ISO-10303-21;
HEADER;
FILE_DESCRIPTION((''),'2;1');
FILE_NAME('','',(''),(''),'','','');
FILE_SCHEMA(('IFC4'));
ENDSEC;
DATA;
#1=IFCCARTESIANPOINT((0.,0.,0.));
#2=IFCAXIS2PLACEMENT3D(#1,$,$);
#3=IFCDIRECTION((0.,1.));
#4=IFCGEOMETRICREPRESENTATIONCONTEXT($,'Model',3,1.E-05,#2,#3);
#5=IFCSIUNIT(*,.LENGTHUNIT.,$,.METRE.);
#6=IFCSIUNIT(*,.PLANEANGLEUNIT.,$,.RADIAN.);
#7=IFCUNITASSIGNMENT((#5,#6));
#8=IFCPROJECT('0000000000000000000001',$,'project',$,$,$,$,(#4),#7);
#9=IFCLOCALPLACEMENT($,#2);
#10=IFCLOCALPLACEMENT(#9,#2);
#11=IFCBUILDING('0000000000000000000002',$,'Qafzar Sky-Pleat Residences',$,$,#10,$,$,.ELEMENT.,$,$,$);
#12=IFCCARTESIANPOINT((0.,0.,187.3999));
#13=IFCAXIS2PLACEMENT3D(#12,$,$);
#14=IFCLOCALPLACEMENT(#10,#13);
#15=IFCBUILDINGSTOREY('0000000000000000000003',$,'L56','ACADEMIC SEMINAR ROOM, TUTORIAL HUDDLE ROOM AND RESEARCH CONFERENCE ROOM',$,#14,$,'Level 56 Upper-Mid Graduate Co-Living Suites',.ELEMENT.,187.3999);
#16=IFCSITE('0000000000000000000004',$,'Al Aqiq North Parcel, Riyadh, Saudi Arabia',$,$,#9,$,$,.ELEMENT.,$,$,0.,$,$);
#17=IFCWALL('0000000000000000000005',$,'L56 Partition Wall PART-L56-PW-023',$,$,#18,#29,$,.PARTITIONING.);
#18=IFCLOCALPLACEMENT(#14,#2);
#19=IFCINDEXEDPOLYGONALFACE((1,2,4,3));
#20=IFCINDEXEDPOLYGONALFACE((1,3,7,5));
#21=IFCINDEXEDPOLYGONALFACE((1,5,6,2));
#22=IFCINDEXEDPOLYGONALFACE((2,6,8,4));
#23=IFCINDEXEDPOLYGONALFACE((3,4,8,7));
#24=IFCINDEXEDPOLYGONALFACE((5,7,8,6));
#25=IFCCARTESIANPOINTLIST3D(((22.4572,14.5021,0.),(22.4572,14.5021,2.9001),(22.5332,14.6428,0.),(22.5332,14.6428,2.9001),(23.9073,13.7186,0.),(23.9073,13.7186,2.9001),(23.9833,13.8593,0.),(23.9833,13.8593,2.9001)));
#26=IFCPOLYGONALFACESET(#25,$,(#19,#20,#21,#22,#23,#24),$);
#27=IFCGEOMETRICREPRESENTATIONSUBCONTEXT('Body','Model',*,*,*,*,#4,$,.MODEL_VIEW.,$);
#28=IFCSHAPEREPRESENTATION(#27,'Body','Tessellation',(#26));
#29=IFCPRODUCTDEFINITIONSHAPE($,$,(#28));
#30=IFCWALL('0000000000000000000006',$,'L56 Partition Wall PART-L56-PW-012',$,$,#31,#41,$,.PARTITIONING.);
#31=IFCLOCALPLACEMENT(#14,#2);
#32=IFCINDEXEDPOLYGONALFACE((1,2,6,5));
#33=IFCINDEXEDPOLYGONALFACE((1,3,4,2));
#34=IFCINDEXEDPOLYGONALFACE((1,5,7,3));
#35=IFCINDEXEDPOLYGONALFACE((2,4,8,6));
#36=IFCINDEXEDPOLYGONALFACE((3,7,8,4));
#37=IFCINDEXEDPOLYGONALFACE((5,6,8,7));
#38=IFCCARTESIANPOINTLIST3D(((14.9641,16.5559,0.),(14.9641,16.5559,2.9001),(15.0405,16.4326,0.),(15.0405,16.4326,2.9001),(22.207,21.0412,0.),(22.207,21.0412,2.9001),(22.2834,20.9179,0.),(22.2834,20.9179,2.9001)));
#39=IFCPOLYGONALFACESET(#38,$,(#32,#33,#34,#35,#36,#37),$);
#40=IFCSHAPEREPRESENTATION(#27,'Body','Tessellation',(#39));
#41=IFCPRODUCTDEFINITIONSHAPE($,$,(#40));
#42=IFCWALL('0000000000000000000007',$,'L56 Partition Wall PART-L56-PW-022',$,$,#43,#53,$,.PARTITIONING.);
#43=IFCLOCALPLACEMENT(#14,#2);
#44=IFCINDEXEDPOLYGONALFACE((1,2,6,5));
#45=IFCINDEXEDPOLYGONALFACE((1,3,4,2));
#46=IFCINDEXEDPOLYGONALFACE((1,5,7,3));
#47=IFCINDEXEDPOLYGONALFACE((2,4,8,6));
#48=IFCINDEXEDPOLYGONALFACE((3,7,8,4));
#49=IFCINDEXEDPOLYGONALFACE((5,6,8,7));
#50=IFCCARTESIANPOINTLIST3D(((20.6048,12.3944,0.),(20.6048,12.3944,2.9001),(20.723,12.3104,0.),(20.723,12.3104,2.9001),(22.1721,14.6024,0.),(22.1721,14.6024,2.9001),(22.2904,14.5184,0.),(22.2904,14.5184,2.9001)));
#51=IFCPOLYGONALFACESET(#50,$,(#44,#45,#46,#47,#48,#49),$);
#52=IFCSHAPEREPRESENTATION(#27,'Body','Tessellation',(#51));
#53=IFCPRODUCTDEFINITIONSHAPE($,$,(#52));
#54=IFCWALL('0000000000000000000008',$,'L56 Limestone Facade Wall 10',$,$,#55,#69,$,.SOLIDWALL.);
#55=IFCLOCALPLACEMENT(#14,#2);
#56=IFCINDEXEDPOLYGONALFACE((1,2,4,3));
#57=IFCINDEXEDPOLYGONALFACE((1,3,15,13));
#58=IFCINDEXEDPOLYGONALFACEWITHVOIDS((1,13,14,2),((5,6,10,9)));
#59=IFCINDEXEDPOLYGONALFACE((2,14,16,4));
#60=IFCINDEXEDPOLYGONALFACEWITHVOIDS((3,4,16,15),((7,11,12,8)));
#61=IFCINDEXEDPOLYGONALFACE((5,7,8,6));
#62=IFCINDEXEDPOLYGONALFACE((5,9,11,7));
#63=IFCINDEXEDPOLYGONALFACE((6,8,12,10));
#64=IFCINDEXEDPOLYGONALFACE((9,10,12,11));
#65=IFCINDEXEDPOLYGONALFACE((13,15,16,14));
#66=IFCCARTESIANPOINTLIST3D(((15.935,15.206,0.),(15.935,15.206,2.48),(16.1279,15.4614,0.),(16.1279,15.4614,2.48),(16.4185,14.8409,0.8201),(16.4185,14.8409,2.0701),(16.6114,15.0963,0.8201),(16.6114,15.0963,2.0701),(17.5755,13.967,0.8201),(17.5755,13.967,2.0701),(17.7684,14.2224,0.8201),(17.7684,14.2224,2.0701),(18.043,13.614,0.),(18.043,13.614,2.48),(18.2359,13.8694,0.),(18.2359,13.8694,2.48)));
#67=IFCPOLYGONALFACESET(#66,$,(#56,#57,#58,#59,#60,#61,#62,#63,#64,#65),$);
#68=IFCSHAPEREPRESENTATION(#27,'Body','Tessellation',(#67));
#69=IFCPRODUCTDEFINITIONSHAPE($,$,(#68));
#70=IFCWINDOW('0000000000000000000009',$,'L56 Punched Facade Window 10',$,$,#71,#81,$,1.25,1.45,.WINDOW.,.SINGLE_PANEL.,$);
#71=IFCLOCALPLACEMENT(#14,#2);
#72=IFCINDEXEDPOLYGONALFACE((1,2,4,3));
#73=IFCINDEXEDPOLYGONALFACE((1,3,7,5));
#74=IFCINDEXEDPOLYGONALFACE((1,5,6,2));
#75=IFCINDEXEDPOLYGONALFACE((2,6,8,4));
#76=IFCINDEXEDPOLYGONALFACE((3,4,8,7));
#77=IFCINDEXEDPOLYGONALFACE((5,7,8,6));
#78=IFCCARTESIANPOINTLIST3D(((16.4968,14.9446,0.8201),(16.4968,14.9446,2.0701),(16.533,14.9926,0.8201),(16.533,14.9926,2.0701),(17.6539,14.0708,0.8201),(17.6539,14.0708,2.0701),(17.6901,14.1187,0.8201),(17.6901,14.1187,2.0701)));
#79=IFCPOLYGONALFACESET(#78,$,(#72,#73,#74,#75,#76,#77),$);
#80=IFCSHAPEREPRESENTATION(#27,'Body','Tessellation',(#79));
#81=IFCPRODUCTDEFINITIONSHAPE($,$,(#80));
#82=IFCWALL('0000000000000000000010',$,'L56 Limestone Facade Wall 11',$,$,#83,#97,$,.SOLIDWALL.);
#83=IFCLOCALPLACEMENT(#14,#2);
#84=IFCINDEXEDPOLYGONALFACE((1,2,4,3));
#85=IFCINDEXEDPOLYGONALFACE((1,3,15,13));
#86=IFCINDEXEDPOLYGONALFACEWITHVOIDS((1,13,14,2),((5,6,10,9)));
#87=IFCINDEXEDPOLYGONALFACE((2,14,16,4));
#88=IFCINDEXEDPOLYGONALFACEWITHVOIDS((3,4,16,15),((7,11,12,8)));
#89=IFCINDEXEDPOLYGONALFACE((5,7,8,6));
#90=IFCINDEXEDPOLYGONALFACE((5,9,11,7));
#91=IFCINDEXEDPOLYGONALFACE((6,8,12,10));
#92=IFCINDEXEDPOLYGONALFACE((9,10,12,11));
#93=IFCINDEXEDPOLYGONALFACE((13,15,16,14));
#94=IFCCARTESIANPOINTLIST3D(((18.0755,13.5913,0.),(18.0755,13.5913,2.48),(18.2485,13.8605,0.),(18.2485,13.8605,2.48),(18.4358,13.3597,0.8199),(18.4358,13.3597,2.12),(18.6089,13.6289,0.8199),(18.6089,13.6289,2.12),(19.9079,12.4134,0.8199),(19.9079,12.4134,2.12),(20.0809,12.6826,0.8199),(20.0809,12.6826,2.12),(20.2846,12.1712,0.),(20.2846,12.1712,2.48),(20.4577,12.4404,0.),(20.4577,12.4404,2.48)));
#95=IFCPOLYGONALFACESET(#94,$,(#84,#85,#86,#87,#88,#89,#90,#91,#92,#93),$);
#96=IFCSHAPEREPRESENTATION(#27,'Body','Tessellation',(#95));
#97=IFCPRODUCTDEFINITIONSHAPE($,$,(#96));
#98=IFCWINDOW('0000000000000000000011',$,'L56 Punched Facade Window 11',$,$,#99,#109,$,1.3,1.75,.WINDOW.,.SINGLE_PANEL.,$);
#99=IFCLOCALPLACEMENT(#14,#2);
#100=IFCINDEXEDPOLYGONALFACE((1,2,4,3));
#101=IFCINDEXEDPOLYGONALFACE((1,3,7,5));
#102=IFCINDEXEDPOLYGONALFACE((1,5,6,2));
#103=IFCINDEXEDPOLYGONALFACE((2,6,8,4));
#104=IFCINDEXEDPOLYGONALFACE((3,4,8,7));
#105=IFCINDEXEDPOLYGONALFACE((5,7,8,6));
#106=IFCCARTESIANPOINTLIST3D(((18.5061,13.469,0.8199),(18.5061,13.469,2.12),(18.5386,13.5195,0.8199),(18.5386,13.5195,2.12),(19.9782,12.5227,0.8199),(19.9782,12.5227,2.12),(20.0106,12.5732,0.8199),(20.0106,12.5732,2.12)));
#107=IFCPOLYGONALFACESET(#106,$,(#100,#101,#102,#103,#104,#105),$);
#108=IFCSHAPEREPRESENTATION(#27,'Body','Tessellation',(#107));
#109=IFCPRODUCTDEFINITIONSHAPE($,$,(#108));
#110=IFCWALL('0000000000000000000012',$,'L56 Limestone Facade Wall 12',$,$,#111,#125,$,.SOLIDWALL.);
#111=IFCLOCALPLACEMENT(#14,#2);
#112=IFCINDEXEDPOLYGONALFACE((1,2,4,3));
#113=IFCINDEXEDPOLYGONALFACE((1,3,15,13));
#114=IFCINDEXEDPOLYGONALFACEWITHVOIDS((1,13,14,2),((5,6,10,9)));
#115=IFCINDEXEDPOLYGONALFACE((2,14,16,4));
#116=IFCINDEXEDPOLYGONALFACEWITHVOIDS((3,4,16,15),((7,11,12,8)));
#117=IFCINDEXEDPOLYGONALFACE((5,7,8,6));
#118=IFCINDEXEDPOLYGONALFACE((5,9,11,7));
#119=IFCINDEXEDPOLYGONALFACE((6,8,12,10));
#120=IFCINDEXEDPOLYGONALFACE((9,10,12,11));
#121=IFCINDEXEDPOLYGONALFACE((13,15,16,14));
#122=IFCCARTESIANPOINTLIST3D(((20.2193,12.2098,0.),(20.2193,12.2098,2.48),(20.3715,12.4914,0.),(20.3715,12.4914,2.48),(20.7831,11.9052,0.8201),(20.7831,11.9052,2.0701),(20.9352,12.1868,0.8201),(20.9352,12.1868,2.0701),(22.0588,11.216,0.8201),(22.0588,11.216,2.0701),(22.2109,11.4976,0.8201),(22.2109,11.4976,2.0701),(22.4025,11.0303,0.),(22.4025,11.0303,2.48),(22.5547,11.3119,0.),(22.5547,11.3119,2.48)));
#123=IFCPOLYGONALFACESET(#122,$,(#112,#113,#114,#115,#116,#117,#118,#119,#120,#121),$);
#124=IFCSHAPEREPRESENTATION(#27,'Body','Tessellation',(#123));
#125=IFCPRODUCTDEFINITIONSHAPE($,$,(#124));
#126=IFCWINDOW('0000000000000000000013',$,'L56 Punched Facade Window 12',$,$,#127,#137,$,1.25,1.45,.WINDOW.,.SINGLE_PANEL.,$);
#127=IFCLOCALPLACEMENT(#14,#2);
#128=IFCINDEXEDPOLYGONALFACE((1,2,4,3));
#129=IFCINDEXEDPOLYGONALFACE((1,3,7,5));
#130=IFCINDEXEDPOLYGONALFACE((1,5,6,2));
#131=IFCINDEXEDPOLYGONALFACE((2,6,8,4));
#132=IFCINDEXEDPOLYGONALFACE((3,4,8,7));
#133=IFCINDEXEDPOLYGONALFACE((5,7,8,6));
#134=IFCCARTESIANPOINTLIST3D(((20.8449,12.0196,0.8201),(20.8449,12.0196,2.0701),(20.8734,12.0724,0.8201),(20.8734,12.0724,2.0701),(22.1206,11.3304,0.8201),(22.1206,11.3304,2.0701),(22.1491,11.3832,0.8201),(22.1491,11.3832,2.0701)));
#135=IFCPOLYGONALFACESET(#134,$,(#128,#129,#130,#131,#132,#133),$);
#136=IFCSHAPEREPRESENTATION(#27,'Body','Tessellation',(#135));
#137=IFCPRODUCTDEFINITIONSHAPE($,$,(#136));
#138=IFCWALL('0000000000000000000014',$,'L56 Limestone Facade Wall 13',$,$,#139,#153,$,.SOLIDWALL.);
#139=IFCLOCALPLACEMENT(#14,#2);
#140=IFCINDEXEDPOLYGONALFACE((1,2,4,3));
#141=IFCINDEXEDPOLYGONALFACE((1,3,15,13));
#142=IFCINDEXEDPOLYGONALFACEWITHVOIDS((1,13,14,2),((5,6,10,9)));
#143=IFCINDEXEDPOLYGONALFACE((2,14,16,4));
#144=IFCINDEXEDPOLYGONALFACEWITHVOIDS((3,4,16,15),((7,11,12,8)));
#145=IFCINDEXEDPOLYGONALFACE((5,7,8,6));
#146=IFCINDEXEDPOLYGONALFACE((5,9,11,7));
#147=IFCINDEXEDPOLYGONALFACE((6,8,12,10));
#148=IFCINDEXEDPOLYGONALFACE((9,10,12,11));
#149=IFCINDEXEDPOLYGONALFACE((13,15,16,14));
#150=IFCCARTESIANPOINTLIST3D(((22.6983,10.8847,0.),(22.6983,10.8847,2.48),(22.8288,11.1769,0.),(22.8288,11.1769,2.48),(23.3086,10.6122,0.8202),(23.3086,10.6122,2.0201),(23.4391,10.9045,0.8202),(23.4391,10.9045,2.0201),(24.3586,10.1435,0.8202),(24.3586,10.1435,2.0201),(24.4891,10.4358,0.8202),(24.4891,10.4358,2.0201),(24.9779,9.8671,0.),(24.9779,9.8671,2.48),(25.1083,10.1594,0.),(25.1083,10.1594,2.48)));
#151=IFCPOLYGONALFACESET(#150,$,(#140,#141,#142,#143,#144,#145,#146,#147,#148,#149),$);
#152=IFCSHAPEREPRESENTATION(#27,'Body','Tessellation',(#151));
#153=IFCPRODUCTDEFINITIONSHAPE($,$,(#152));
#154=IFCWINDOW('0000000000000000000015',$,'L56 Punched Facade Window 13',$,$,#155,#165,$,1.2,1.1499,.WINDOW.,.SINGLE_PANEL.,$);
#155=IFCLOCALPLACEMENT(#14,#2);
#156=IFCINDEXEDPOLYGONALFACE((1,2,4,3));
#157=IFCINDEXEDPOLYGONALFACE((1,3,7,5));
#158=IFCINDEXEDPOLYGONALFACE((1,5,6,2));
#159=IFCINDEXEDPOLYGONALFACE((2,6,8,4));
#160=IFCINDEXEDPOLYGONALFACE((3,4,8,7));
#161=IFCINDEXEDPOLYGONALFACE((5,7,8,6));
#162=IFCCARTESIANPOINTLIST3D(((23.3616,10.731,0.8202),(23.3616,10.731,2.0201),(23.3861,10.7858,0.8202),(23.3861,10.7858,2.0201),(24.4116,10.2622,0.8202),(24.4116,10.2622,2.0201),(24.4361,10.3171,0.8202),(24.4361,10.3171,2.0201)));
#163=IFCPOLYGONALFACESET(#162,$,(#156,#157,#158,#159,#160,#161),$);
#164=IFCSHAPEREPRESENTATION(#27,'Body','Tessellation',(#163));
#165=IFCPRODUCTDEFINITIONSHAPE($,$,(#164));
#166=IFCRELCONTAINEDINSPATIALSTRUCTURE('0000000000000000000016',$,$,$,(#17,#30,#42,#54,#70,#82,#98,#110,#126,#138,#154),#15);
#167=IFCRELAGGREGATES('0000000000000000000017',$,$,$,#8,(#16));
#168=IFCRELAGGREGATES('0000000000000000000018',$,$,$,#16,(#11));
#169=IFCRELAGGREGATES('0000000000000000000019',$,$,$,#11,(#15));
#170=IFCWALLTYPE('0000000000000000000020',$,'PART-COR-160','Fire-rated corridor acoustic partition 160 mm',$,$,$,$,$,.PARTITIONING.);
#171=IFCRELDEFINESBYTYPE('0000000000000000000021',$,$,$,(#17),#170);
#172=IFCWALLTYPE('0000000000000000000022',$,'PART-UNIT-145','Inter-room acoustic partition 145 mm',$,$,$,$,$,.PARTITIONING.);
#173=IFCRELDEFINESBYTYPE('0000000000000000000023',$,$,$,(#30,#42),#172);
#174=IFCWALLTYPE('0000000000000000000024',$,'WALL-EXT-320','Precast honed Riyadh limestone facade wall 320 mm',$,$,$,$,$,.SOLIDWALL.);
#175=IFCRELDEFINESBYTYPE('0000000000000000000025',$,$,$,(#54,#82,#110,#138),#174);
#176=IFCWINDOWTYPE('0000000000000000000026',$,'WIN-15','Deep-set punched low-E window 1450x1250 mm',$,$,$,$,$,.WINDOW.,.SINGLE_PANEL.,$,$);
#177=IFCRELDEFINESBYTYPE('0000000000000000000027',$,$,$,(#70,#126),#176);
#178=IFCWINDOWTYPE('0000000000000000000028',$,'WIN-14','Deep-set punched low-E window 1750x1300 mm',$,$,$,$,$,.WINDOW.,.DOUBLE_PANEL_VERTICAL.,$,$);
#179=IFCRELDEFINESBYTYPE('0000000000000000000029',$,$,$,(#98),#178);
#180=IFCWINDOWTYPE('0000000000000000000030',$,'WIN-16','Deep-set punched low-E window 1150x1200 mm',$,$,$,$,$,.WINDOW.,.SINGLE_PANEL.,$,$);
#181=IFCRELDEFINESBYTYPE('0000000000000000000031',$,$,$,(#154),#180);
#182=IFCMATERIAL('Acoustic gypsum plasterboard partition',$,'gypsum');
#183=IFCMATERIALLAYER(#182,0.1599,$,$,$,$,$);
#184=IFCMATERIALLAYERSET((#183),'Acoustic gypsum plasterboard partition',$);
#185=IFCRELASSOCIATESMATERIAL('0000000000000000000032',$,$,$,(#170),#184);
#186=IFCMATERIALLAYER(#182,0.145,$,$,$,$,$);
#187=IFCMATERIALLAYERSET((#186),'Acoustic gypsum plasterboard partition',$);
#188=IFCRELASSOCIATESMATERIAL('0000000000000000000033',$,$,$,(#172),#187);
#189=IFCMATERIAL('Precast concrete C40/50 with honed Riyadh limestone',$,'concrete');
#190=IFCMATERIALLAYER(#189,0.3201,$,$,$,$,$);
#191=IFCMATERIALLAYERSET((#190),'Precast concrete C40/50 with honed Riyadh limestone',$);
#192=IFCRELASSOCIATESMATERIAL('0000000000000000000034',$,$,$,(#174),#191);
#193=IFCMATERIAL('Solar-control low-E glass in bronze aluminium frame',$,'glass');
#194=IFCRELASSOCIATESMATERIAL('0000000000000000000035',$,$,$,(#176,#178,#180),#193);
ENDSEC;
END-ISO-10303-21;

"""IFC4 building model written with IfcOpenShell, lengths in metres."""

from ifc_helpers import new_model, si_unit, direction, frame, frame_2d, origin, place, context, subcontext, project, spatial, rectangle, extrude, source, transform, mapped, material, layer, layer_set, type_object, element, fill, save


model = new_model("IFC4")

# Units and contexts
model_context = context("Model", 3, precision=1e-05, world=origin(), true_north=direction((0.0, 1.0)))
body_context = subcontext(model_context, "Body", "Model", "MODEL_VIEW")
ifc_project = project(units=[si_unit("LENGTHUNIT", "METRE"), si_unit("PLANEANGLEUNIT", "RADIAN")], contexts=[model_context])

# Site, building, storey
site_placement = place(None, origin())
site = spatial("IfcSite", under=ifc_project, at=site_placement, Name="Al Aqiq North Parcel, Riyadh, Saudi Arabia", CompositionType="ELEMENT", RefElevation=0.0)
building_placement = place(site_placement, origin())
building = spatial("IfcBuilding", under=site, at=building_placement, Name="Qafzar Sky-Pleat Residences", CompositionType="ELEMENT")
storey_placement = place(building_placement, frame((0.0, 0.0, 187.3999)))
storey = spatial("IfcBuildingStorey", under=building, at=storey_placement, Name="L56", Description="ACADEMIC SEMINAR ROOM, TUTORIAL HUDDLE ROOM AND RESEARCH CONFERENCE ROOM", LongName="Level 56 Upper-Mid Graduate Co-Living Suites", CompositionType="ELEMENT", Elevation=187.3999)

# Shared definitions
ifc_material_1 = material(Name="Acoustic gypsum plasterboard partition", Category="gypsum")
ifc_layer_1 = layer(ifc_material_1, 0.1599)
ifc_layer_set_1 = layer_set([ifc_layer_1], Name="Acoustic gypsum plasterboard partition")
wall_type_1 = type_object("IfcWallType", Name="PART-COR-160", Description="Fire-rated corridor acoustic partition 160 mm", PredefinedType="PARTITIONING", material=ifc_layer_set_1)

# Walls
wall_1_placement = place(storey_placement, frame((22.4951, 14.5725, 0.0), z_axis=(0.0, 0.0, 1.0), x_axis=(0.879785, -0.475371, 0.0)))
element("IfcWall", 1, at=wall_1_placement, inside=storey, type_object=wall_type_1, Name="L56 Partition Wall PART-L56-PW-023", PredefinedType="PARTITIONING", context=body_context, shape_type="SweptSolid", body=[
    extrude(rectangle(XDim=1.6482, YDim=0.1599, at=frame_2d((0.8242, 0.0))), origin(), (0.0, 0.0, 1.0), 2.9001),
])
ifc_layer_2 = layer(ifc_material_1, 0.145)
ifc_layer_set_2 = layer_set([ifc_layer_2], Name="Acoustic gypsum plasterboard partition")
wall_type_2 = type_object("IfcWallType", Name="PART-UNIT-145", Description="Inter-room acoustic partition 145 mm", PredefinedType="PARTITIONING", material=ifc_layer_set_2)
wall_2_placement = place(storey_placement, frame((15.0022, 16.4941, 0.0), z_axis=(0.0, 0.0, 1.0), x_axis=(0.850179, 0.526494, 0.0)))
element("IfcWall", 2, at=wall_2_placement, inside=storey, type_object=wall_type_2, Name="L56 Partition Wall PART-L56-PW-012", PredefinedType="PARTITIONING", context=body_context, shape_type="SweptSolid", body=[
    extrude(rectangle(XDim=8.5193, YDim=0.145, at=frame_2d((4.2598, 0.0))), origin(), (0.0, 0.0, 1.0), 2.9001),
])
wall_3_placement = place(storey_placement, frame((20.6638, 12.3523, 0.0), z_axis=(0.0, 0.0, 1.0), x_axis=(0.578848, 0.815436, 0.0)))
element("IfcWall", 3, at=wall_3_placement, inside=storey, type_object=wall_type_2, Name="L56 Partition Wall PART-L56-PW-022", PredefinedType="PARTITIONING", context=body_context, shape_type="SweptSolid", body=[
    extrude(rectangle(XDim=2.7078, YDim=0.145, at=frame_2d((1.354, 0.0))), origin(), (0.0, 0.0, 1.0), 2.9001),
])

# Walls, openings, windows
ifc_material_2 = material(Name="Precast concrete C40/50 with honed Riyadh limestone", Category="concrete")
ifc_layer_3 = layer(ifc_material_2, 0.3201)
ifc_layer_set_3 = layer_set([ifc_layer_3], Name="Precast concrete C40/50 with honed Riyadh limestone")
wall_type_3 = type_object("IfcWallType", Name="WALL-EXT-320", Description="Precast honed Riyadh limestone facade wall 320 mm", PredefinedType="SOLIDWALL", material=ifc_layer_set_3)
wall_4_placement = place(storey_placement, frame((16.0315, 15.3337, 0.0), z_axis=(0.0, 0.0, 1.0), x_axis=(0.797977, -0.602688, 0.0)))
wall_4 = element("IfcWall", 4, at=wall_4_placement, inside=storey, type_object=wall_type_3, Name="L56 Limestone Facade Wall 10", PredefinedType="SOLIDWALL", context=body_context, shape_type="SweptSolid", body=[
    extrude(rectangle(XDim=2.6416, YDim=0.3201, at=frame_2d((1.3208, 0.0))), origin(), (0.0, 0.0, 1.0), 2.48),
])
opening_1_placement = place(wall_4_placement, frame((0.6057, 0.0, 0.8201)))
opening_1 = element("IfcOpeningElement", 5, at=opening_1_placement, cuts=wall_4, PredefinedType="OPENING", context=body_context, shape_type="SweptSolid", body=[
    extrude(rectangle(XDim=1.45, YDim=1.25, at=frame_2d((0.7251, 0.625))), frame((0.0, 0.1699, 0.0), z_axis=(0.0, -1.0, 0.0), x_axis=(1.0, 0.0, 0.0)), (0.0, 0.0, 1.0), 0.3401),
])
ifc_material_3 = material(Name="Solar-control low-E glass in bronze aluminium frame", Category="glass")
window_type_1 = type_object("IfcWindowType", Name="WIN-15", Description="Deep-set punched low-E window 1450x1250 mm", PartitioningType="SINGLE_PANEL", PredefinedType="WINDOW", material=ifc_material_3)
shared_shape_1 = source(origin(), body_context, "Body", "SweptSolid", [
    extrude(rectangle(XDim=1.45, YDim=1.25, at=frame_2d((0.7251, 0.625))), frame((0.0, 0.03, 0.0), z_axis=(0.0, -1.0, 0.0), x_axis=(1.0, 0.0, 0.0)), (0.0, 0.0, 1.0), 0.0601),
])
window_1_placement = place(opening_1_placement, origin())
window_1 = element("IfcWindow", 6, at=window_1_placement, inside=storey, type_object=window_type_1, Name="L56 Punched Facade Window 10", OverallHeight=1.25, OverallWidth=1.45, PartitioningType="SINGLE_PANEL", PredefinedType="WINDOW", context=body_context, shape_type="MappedRepresentation", body=[
    mapped(shared_shape_1, transform((0.0, 0.0, 0.0), x_axis=(1.0, 0.0, 0.0), y_axis=(0.0, 1.0, 0.0), z_axis=(0.0, 0.0, 1.0), scale=1.0)),
])
fill(opening_1, window_1)
wall_5_placement = place(storey_placement, frame((18.1621, 13.7258, 0.0), z_axis=(0.0, 0.0, 1.0), x_axis=(0.841188, -0.540743, 0.0)))
wall_5 = element("IfcWall", 7, at=wall_5_placement, inside=storey, type_object=wall_type_3, Name="L56 Limestone Facade Wall 11", PredefinedType="SOLIDWALL", context=body_context, shape_type="SweptSolid", body=[
    extrude(rectangle(XDim=2.6262, YDim=0.3201, at=frame_2d((1.313, 0.0))), origin(), (0.0, 0.0, 1.0), 2.48),
])
opening_2_placement = place(wall_5_placement, frame((0.4282, 0.0, 0.8201)))
opening_2 = element("IfcOpeningElement", 8, at=opening_2_placement, cuts=wall_5, PredefinedType="OPENING", context=body_context, shape_type="SweptSolid", body=[
    extrude(rectangle(XDim=1.75, YDim=1.3, at=frame_2d((0.875, 0.6499))), frame((0.0, 0.1699, 0.0), z_axis=(0.0, -1.0, 0.0), x_axis=(1.0, 0.0, 0.0)), (0.0, 0.0, 1.0), 0.3401),
])
window_type_2 = type_object("IfcWindowType", Name="WIN-14", Description="Deep-set punched low-E window 1750x1300 mm", PartitioningType="DOUBLE_PANEL_VERTICAL", PredefinedType="WINDOW", material=ifc_material_3)
shared_shape_2 = source(origin(), body_context, "Body", "SweptSolid", [
    extrude(rectangle(XDim=1.75, YDim=1.3, at=frame_2d((0.875, 0.6499))), frame((0.0, 0.03, 0.0), z_axis=(0.0, -1.0, 0.0), x_axis=(1.0, 0.0, 0.0)), (0.0, 0.0, 1.0), 0.0601),
])
window_2_placement = place(opening_2_placement, origin())
window_2 = element("IfcWindow", 9, at=window_2_placement, inside=storey, type_object=window_type_2, Name="L56 Punched Facade Window 11", OverallHeight=1.3, OverallWidth=1.75, PartitioningType="SINGLE_PANEL", PredefinedType="WINDOW", context=body_context, shape_type="MappedRepresentation", body=[
    mapped(shared_shape_2, transform((0.0, 0.0, 0.0), x_axis=(1.0, 0.0, 0.0), y_axis=(0.0, 1.0, 0.0), z_axis=(0.0, 0.0, 1.0), scale=1.0)),
])
fill(opening_2, window_2)
wall_6_placement = place(storey_placement, frame((20.2954, 12.3506, 0.0), z_axis=(0.0, 0.0, 1.0), x_axis=(0.87981, -0.475326, 0.0)))
wall_6 = element("IfcWall", 10, at=wall_6_placement, inside=storey, type_object=wall_type_3, Name="L56 Limestone Facade Wall 12", PredefinedType="SOLIDWALL", context=body_context, shape_type="SweptSolid", body=[
    extrude(rectangle(XDim=2.4814, YDim=0.3201, at=frame_2d((1.2407, 0.0))), origin(), (0.0, 0.0, 1.0), 2.48),
])
opening_3_placement = place(wall_6_placement, frame((0.6406, 0.0, 0.8201)))
opening_3 = element("IfcOpeningElement", 11, at=opening_3_placement, cuts=wall_6, PredefinedType="OPENING", context=body_context, shape_type="SweptSolid", body=[
    extrude(rectangle(XDim=1.45, YDim=1.25, at=frame_2d((0.7251, 0.625))), frame((0.0, 0.1699, 0.0), z_axis=(0.0, -1.0, 0.0), x_axis=(1.0, 0.0, 0.0)), (0.0, 0.0, 1.0), 0.3401),
])
window_3_placement = place(opening_3_placement, origin())
window_3 = element("IfcWindow", 12, at=window_3_placement, inside=storey, type_object=window_type_1, Name="L56 Punched Facade Window 12", OverallHeight=1.25, OverallWidth=1.45, PartitioningType="SINGLE_PANEL", PredefinedType="WINDOW", context=body_context, shape_type="MappedRepresentation", body=[
    mapped(shared_shape_1, transform((0.0, 0.0, 0.0), x_axis=(1.0, 0.0, 0.0), y_axis=(0.0, 1.0, 0.0), z_axis=(0.0, 0.0, 1.0), scale=1.0)),
])
fill(opening_3, window_3)
wall_7_placement = place(storey_placement, frame((22.7637, 11.0308, 0.0), z_axis=(0.0, 0.0, 1.0), x_axis=(0.913149, -0.407626, 0.0)))
wall_7 = element("IfcWall", 13, at=wall_7_placement, inside=storey, type_object=wall_type_3, Name="L56 Limestone Facade Wall 13", PredefinedType="SOLIDWALL", context=body_context, shape_type="SweptSolid", body=[
    extrude(rectangle(XDim=2.4963, YDim=0.3201, at=frame_2d((1.248, 0.0))), origin(), (0.0, 0.0, 1.0), 2.48),
])
opening_4_placement = place(wall_7_placement, frame((0.6682, 0.0, 0.8201)))
opening_4 = element("IfcOpeningElement", 14, at=opening_4_placement, cuts=wall_7, PredefinedType="OPENING", context=body_context, shape_type="SweptSolid", body=[
    extrude(rectangle(XDim=1.1499, YDim=1.2, at=frame_2d((0.575, 0.6001))), frame((0.0, 0.1699, 0.0), z_axis=(0.0, -1.0, 0.0), x_axis=(1.0, 0.0, 0.0)), (0.0, 0.0, 1.0), 0.3401),
])
window_type_3 = type_object("IfcWindowType", Name="WIN-16", Description="Deep-set punched low-E window 1150x1200 mm", PartitioningType="SINGLE_PANEL", PredefinedType="WINDOW", material=ifc_material_3)
shared_shape_3 = source(origin(), body_context, "Body", "SweptSolid", [
    extrude(rectangle(XDim=1.1499, YDim=1.2, at=frame_2d((0.575, 0.6001))), frame((0.0, 0.03, 0.0), z_axis=(0.0, -1.0, 0.0), x_axis=(1.0, 0.0, 0.0)), (0.0, 0.0, 1.0), 0.0601),
])
window_4_placement = place(opening_4_placement, origin())
window_4 = element("IfcWindow", 15, at=window_4_placement, inside=storey, type_object=window_type_3, Name="L56 Punched Facade Window 13", OverallHeight=1.2, OverallWidth=1.1499, PartitioningType="SINGLE_PANEL", PredefinedType="WINDOW", context=body_context, shape_type="MappedRepresentation", body=[
    mapped(shared_shape_3, transform((0.0, 0.0, 0.0), x_axis=(1.0, 0.0, 0.0), y_axis=(0.0, 1.0, 0.0), z_axis=(0.0, 0.0, 1.0), scale=1.0)),
])
fill(opening_4, window_4)

save(model, "model.ifc")
